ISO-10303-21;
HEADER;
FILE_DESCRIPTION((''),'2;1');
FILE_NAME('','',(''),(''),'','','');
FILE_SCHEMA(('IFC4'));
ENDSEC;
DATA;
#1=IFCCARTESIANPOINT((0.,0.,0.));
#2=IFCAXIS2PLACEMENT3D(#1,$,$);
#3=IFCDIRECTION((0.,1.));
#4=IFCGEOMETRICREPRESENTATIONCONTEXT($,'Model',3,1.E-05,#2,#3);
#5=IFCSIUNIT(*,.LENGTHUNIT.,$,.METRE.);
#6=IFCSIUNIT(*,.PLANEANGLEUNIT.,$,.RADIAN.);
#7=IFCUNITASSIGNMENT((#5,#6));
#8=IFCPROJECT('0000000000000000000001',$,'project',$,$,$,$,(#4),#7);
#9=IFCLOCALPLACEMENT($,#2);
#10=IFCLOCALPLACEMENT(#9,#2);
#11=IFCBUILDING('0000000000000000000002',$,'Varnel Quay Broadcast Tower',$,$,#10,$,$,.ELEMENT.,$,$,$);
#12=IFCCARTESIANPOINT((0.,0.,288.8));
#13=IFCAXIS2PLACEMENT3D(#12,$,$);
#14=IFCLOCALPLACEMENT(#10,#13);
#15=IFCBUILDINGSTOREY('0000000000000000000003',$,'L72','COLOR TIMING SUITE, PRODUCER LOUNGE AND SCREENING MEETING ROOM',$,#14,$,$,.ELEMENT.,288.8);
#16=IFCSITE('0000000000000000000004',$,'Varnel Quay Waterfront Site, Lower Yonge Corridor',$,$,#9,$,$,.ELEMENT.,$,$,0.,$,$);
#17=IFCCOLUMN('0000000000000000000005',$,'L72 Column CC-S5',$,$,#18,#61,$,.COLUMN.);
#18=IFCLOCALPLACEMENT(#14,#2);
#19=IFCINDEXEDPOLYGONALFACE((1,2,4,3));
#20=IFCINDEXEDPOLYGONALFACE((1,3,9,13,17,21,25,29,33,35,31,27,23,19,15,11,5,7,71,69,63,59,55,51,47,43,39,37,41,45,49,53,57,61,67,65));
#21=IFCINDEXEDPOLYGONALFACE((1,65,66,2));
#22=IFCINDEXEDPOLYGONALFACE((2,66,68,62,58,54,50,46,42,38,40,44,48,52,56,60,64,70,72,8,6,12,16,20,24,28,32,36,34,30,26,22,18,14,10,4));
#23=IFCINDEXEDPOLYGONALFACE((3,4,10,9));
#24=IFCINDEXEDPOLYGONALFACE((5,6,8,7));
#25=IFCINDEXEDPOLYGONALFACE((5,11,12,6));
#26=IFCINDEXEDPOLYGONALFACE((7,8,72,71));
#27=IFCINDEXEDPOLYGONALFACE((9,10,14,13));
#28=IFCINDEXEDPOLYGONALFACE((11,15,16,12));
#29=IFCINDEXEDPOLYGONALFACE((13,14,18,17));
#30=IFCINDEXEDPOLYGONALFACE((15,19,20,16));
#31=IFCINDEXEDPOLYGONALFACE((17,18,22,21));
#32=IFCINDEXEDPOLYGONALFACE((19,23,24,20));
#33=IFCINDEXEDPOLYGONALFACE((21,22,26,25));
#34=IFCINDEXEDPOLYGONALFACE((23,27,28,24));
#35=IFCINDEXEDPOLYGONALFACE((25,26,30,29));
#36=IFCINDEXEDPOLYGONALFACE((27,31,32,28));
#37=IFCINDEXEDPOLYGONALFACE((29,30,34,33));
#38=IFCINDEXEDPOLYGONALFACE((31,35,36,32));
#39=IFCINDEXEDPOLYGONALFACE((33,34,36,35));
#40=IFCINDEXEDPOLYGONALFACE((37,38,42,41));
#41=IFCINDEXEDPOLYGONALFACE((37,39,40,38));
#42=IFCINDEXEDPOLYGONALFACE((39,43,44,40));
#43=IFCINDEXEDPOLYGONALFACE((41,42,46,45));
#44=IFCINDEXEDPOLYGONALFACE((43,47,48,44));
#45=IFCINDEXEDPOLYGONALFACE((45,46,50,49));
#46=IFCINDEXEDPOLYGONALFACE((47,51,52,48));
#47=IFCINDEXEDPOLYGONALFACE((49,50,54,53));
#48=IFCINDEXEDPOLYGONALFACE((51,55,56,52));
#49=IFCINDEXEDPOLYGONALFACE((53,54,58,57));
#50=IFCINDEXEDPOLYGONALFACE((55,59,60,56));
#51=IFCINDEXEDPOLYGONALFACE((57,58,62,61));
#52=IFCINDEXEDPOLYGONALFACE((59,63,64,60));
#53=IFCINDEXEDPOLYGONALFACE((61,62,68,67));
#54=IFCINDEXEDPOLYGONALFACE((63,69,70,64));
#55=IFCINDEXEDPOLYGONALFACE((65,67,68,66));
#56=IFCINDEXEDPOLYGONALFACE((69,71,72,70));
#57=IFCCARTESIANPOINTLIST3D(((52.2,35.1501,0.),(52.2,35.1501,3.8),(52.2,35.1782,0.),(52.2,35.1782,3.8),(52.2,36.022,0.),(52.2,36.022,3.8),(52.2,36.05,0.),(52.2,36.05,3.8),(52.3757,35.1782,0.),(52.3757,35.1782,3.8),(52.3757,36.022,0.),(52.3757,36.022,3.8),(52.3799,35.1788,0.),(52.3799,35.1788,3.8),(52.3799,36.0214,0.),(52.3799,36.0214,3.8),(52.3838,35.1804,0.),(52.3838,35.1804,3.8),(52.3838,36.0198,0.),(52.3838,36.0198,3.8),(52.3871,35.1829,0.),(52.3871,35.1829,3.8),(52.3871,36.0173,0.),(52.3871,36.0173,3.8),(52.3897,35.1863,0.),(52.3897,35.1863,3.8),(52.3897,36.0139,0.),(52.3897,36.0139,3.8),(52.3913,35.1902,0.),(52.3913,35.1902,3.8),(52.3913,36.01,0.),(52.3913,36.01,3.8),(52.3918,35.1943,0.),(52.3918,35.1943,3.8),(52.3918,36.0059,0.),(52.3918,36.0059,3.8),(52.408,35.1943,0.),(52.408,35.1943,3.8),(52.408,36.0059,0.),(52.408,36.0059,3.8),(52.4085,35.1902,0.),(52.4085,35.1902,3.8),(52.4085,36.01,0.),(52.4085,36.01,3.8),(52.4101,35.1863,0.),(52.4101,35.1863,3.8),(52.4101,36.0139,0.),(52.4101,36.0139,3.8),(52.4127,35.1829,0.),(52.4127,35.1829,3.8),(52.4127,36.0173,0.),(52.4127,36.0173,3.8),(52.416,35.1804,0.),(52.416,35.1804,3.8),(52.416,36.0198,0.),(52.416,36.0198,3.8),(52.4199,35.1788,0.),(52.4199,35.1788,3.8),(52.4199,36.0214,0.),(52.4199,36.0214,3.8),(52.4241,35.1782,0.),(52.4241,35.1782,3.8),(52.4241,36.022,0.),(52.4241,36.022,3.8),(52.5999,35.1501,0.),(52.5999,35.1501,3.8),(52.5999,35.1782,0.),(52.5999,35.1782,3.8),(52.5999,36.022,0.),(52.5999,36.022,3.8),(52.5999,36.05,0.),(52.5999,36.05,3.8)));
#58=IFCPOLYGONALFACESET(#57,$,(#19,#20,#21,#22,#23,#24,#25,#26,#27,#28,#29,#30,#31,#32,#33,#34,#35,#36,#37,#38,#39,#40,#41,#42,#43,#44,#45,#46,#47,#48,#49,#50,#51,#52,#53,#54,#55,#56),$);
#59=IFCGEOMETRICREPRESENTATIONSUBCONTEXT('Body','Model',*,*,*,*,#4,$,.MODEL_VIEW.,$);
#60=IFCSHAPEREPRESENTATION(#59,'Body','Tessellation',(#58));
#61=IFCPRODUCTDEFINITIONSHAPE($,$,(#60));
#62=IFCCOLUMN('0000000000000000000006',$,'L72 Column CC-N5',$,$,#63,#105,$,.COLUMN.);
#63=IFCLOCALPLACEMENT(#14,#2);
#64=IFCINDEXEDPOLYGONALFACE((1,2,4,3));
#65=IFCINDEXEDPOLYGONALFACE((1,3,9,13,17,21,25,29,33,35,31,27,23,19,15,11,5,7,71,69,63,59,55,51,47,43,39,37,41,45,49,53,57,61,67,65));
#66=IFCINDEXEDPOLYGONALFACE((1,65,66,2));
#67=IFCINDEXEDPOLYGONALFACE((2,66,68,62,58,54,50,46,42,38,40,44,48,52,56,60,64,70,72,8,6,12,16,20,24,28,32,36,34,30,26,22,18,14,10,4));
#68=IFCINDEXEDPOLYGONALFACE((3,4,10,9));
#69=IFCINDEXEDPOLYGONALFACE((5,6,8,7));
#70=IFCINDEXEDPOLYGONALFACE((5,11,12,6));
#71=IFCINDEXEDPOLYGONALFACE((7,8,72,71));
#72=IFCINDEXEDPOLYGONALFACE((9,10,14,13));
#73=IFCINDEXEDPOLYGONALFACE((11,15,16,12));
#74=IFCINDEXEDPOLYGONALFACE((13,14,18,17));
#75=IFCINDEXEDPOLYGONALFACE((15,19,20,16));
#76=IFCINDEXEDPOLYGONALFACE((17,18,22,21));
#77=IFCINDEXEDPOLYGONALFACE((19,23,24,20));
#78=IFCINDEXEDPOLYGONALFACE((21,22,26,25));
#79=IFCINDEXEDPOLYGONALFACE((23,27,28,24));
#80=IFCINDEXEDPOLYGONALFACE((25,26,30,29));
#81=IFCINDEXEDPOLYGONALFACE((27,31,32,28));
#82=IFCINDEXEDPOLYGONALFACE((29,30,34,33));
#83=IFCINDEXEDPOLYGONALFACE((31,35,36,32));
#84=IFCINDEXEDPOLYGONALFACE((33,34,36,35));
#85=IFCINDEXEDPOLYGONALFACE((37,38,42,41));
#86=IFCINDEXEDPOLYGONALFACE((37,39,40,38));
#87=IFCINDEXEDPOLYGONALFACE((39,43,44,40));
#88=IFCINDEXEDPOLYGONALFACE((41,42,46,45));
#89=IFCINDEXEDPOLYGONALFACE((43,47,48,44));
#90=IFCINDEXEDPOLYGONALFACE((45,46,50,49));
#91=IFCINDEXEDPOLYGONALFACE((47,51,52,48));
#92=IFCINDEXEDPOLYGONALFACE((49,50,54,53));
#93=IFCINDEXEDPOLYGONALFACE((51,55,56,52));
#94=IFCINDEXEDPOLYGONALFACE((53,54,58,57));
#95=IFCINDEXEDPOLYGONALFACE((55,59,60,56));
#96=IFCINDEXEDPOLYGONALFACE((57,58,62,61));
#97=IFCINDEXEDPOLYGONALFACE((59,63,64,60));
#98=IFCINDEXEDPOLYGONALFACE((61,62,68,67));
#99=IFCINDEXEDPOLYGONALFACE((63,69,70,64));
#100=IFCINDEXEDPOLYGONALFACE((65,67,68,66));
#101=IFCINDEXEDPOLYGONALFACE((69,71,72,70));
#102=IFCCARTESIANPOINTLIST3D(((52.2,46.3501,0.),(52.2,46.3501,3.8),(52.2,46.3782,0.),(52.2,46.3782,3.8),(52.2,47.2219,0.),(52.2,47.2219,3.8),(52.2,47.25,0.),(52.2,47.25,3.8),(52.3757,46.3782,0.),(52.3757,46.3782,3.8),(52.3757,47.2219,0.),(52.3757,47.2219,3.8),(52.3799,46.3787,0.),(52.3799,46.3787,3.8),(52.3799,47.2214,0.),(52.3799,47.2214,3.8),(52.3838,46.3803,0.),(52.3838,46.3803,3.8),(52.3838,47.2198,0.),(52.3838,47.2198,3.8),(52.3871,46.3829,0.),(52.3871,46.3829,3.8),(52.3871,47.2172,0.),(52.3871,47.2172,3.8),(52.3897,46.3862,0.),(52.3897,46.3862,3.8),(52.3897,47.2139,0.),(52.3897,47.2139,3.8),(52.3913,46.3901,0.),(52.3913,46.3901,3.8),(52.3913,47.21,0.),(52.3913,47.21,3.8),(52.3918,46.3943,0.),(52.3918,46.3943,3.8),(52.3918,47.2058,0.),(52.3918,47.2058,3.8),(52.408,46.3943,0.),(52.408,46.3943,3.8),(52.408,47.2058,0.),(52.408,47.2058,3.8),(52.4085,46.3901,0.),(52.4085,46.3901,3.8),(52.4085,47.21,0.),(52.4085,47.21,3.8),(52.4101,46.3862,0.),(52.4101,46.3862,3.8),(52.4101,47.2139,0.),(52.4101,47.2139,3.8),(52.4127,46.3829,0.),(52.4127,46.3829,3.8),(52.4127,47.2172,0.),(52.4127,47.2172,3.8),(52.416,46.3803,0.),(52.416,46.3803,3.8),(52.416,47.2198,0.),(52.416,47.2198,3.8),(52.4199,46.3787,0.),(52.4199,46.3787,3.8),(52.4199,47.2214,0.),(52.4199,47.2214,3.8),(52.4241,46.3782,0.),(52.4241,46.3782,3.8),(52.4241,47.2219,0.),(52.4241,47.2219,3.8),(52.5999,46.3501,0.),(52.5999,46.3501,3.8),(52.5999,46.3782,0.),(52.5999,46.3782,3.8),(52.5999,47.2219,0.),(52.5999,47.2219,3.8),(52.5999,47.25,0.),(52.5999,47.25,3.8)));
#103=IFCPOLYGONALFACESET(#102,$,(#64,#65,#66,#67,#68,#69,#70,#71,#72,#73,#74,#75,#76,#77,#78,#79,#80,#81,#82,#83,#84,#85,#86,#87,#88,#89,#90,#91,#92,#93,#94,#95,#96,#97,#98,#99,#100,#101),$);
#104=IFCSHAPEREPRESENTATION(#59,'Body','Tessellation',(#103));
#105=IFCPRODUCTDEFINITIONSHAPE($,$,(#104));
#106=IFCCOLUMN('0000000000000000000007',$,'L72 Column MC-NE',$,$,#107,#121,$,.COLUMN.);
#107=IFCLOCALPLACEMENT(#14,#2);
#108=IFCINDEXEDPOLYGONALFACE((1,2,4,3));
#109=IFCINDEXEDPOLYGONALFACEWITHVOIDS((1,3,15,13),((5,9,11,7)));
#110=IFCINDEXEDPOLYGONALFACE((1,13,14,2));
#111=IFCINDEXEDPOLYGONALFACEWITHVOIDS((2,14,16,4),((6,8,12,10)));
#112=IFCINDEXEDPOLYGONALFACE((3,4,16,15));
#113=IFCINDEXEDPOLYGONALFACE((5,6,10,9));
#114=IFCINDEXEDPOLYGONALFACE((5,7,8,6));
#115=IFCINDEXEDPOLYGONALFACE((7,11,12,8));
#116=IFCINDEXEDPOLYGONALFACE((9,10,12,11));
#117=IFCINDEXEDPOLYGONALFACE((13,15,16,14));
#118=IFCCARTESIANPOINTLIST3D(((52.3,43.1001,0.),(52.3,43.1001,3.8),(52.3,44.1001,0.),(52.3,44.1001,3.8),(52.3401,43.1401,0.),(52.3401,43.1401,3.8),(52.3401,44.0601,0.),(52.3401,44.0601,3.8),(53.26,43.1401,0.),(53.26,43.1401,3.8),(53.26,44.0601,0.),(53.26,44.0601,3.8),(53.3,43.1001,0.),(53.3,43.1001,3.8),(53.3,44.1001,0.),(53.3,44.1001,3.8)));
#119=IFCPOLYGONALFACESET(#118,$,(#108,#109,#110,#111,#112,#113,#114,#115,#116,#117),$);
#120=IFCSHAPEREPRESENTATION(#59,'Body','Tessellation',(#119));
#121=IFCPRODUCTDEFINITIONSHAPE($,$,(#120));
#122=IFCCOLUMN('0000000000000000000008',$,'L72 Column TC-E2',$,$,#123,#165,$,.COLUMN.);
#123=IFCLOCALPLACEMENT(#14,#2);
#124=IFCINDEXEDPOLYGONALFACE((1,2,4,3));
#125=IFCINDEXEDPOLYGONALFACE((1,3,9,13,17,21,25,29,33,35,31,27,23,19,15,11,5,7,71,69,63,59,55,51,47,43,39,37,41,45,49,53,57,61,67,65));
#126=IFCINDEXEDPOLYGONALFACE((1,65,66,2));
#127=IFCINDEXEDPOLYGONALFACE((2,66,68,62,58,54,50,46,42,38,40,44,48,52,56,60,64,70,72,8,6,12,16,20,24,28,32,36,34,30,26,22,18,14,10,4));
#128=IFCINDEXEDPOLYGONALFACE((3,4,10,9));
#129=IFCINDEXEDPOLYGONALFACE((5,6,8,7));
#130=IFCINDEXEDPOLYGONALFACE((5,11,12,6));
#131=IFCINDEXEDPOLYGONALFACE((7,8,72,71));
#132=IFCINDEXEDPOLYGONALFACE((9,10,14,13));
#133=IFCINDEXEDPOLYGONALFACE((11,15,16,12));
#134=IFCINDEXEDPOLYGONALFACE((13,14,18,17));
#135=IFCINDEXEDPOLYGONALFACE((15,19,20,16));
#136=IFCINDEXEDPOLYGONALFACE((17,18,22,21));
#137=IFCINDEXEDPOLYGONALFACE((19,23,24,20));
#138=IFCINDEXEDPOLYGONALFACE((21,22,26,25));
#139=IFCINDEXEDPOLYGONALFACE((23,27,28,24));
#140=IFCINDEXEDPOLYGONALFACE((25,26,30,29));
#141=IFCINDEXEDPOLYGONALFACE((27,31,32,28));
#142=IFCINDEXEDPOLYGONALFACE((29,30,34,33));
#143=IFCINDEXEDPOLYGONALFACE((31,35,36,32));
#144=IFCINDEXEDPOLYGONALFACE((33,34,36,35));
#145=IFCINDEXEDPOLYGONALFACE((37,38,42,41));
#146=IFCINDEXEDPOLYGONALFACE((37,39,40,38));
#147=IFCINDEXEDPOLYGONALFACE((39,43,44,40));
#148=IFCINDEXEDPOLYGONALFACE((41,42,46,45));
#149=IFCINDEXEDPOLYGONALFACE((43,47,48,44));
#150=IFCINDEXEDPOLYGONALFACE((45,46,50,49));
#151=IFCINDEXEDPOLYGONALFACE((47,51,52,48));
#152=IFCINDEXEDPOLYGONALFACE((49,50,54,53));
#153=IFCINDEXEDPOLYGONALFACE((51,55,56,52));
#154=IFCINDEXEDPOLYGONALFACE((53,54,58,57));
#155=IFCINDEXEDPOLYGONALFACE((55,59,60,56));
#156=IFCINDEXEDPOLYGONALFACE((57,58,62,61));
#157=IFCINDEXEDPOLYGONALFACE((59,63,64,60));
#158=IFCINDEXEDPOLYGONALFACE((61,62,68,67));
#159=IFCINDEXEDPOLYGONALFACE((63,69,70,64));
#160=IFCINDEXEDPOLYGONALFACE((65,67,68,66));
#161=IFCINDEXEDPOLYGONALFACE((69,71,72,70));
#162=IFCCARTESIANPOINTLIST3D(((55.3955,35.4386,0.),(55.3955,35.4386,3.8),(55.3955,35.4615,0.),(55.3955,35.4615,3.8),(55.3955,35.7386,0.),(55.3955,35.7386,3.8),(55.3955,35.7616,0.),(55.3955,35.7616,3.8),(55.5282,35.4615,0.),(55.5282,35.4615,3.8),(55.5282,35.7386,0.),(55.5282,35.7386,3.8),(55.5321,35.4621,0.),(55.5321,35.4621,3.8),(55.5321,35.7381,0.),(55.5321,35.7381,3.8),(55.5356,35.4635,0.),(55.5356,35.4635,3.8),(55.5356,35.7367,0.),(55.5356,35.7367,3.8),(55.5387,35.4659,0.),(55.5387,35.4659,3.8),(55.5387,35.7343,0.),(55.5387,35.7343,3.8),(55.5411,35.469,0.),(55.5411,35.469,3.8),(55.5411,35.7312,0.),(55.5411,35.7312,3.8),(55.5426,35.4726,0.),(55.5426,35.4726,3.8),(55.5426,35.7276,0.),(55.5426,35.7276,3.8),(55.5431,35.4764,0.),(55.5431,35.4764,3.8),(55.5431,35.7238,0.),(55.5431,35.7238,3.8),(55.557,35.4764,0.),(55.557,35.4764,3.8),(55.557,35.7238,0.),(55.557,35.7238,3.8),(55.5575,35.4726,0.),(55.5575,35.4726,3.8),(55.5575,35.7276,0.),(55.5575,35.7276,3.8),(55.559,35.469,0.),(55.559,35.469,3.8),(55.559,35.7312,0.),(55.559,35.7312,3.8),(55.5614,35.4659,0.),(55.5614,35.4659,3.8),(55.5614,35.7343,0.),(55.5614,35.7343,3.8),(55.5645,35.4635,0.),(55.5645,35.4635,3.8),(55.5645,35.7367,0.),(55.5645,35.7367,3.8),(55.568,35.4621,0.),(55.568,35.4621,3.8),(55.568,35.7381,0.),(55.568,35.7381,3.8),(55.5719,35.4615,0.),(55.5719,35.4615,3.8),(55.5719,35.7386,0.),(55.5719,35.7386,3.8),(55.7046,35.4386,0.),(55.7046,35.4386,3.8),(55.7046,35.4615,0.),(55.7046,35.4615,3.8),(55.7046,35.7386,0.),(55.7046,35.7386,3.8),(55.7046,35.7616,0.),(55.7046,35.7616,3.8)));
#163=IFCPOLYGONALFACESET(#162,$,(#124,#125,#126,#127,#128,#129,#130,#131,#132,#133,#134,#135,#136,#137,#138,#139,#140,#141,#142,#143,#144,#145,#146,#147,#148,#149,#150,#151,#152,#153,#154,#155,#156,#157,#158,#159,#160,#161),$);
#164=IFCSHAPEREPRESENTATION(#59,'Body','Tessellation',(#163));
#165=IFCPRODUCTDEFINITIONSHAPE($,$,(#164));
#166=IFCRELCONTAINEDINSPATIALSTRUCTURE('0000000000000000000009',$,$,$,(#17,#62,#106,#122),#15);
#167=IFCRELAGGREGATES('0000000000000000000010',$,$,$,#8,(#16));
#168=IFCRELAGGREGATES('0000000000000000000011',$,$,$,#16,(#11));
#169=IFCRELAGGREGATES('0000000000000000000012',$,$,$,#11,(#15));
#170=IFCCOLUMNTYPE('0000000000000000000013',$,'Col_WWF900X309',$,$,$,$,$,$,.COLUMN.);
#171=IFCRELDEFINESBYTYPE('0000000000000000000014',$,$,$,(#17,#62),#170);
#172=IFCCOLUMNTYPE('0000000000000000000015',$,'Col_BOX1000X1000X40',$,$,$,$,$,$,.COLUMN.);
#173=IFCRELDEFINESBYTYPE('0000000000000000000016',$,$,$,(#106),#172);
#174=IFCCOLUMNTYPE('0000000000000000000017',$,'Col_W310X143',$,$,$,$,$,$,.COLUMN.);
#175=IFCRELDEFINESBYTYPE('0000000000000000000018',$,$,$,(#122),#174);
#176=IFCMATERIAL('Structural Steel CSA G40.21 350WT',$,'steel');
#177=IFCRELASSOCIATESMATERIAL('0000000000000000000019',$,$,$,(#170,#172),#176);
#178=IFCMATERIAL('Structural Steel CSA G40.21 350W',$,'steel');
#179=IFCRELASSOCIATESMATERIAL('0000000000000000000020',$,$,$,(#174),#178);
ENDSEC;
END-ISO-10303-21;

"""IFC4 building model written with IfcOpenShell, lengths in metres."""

from ifc_helpers import new_model, si_unit, direction, frame, origin, origin_2d, place, context, subcontext, project, spatial, hollow_rectangle, i_section, extrude, source, transform, mapped, material, material_profile, profile_set, type_object, type_shapes, element, save


model = new_model("IFC4")

# Units and contexts
model_context = context("Model", 3, precision=1e-05, world=origin(), true_north=direction((0.0, 1.0)))
body_context = subcontext(model_context, "Body", "Model", "MODEL_VIEW")
ifc_project = project(units=[si_unit("LENGTHUNIT", "METRE"), si_unit("PLANEANGLEUNIT", "RADIAN")], contexts=[model_context])

# Site, building, storey
site_placement = place(None, origin())
site = spatial("IfcSite", under=ifc_project, at=site_placement, Name="Varnel Quay Waterfront Site, Lower Yonge Corridor", CompositionType="ELEMENT", RefElevation=0.0)
building_placement = place(site_placement, origin())
building = spatial("IfcBuilding", under=site, at=building_placement, Name="Varnel Quay Broadcast Tower", CompositionType="ELEMENT")
storey_placement = place(building_placement, frame((0.0, 0.0, 288.8)))
storey = spatial("IfcBuildingStorey", under=building, at=storey_placement, Name="L72", Description="COLOR TIMING SUITE, PRODUCER LOUNGE AND SCREENING MEETING ROOM", CompositionType="ELEMENT", Elevation=288.8)

# Columns
ifc_material_1 = material(Name="Structural Steel CSA G40.21 350WT", Category="steel")
ifc_material_profile_1 = material_profile(ifc_material_1, i_section(OverallWidth=0.3999, OverallDepth=0.8999, WebThickness=0.0161, FlangeThickness=0.0281, FilletRadius=0.0161, at=origin_2d()), Name="WWF900X309")
ifc_profile_set_1 = profile_set([ifc_material_profile_1], Name="Structural Steel CSA G40.21 350WT")
column_type_1 = type_object("IfcColumnType", Name="Col_WWF900X309", PredefinedType="COLUMN", material=ifc_profile_set_1)
shared_shape_1 = source(origin(), body_context, "Body", "SweptSolid", [
    extrude(i_section(OverallWidth=0.3999, OverallDepth=0.8999, WebThickness=0.0161, FlangeThickness=0.0281, FilletRadius=0.0161, at=origin_2d()), origin(), (0.0, 0.0, 1.0), 3.8),
])
type_shapes(column_type_1, [shared_shape_1])
for number, where, z_axis, x_axis, name in (
    (1, (52.3999, 35.6001, 0.0), (0.0, 0.0, 1.0), (1.0, 0.0, 0.0), "L72 Column CC-S5"),
    (2, (52.3999, 46.8, 0.0), (0.0, 0.0, 1.0), (1.0, 0.0, 0.0), "L72 Column CC-N5"),
):
    element("IfcColumn", number, at=place(storey_placement, frame(where, z_axis=z_axis, x_axis=x_axis)), inside=storey, type_object=column_type_1, Name=name, PredefinedType="COLUMN", context=body_context, shape_type="MappedRepresentation", body=[
        mapped(shared_shape_1, transform((0.0, 0.0, 0.0), x_axis=(1.0, 0.0, 0.0), y_axis=(0.0, 1.0, 0.0), z_axis=(0.0, 0.0, 1.0), scale=1.0)),
    ])
ifc_material_profile_2 = material_profile(ifc_material_1, hollow_rectangle(XDim=1.0, YDim=1.0, WallThickness=0.04, at=origin_2d()), Name="BOX1000X1000X40")
ifc_profile_set_2 = profile_set([ifc_material_profile_2], Name="Structural Steel CSA G40.21 350WT")
column_type_2 = type_object("IfcColumnType", Name="Col_BOX1000X1000X40", PredefinedType="COLUMN", material=ifc_profile_set_2)
shared_shape_2 = source(origin(), body_context, "Body", "SweptSolid", [
    extrude(hollow_rectangle(XDim=1.0, YDim=1.0, WallThickness=0.04, at=origin_2d()), origin(), (0.0, 0.0, 1.0), 3.8),
])
type_shapes(column_type_2, [shared_shape_2])
column_1_placement = place(storey_placement, frame((52.8, 43.6001, 0.0), z_axis=(0.0, 0.0, 1.0), x_axis=(1.0, 0.0, 0.0)))
element("IfcColumn", 3, at=column_1_placement, inside=storey, type_object=column_type_2, Name="L72 Column MC-NE", PredefinedType="COLUMN", context=body_context, shape_type="MappedRepresentation", body=[
    mapped(shared_shape_2, transform((0.0, 0.0, 0.0), x_axis=(1.0, 0.0, 0.0), y_axis=(0.0, 1.0, 0.0), z_axis=(0.0, 0.0, 1.0), scale=1.0)),
])
ifc_material_2 = material(Name="Structural Steel CSA G40.21 350W", Category="steel")
ifc_material_profile_3 = material_profile(ifc_material_2, i_section(OverallWidth=0.3091, OverallDepth=0.323, WebThickness=0.0139, FlangeThickness=0.0229, FilletRadius=0.0149, at=origin_2d()), Name="W310X143")
ifc_profile_set_3 = profile_set([ifc_material_profile_3], Name="Structural Steel CSA G40.21 350W")
column_type_3 = type_object("IfcColumnType", Name="Col_W310X143", PredefinedType="COLUMN", material=ifc_profile_set_3)
shared_shape_3 = source(origin(), body_context, "Body", "SweptSolid", [
    extrude(i_section(OverallWidth=0.3091, OverallDepth=0.323, WebThickness=0.0139, FlangeThickness=0.0229, FilletRadius=0.0149, at=origin_2d()), origin(), (0.0, 0.0, 1.0), 3.8),
])
type_shapes(column_type_3, [shared_shape_3])
column_2_placement = place(storey_placement, frame((55.55, 35.6001, 0.0), z_axis=(0.0, 0.0, 1.0), x_axis=(1.0, 0.0, 0.0)))
element("IfcColumn", 4, at=column_2_placement, inside=storey, type_object=column_type_3, Name="L72 Column TC-E2", PredefinedType="COLUMN", context=body_context, shape_type="MappedRepresentation", body=[
    mapped(shared_shape_3, transform((0.0, 0.0, 0.0), x_axis=(1.0, 0.0, 0.0), y_axis=(0.0, 1.0, 0.0), z_axis=(0.0, 0.0, 1.0), scale=1.0)),
])

save(model, "model.ifc")
